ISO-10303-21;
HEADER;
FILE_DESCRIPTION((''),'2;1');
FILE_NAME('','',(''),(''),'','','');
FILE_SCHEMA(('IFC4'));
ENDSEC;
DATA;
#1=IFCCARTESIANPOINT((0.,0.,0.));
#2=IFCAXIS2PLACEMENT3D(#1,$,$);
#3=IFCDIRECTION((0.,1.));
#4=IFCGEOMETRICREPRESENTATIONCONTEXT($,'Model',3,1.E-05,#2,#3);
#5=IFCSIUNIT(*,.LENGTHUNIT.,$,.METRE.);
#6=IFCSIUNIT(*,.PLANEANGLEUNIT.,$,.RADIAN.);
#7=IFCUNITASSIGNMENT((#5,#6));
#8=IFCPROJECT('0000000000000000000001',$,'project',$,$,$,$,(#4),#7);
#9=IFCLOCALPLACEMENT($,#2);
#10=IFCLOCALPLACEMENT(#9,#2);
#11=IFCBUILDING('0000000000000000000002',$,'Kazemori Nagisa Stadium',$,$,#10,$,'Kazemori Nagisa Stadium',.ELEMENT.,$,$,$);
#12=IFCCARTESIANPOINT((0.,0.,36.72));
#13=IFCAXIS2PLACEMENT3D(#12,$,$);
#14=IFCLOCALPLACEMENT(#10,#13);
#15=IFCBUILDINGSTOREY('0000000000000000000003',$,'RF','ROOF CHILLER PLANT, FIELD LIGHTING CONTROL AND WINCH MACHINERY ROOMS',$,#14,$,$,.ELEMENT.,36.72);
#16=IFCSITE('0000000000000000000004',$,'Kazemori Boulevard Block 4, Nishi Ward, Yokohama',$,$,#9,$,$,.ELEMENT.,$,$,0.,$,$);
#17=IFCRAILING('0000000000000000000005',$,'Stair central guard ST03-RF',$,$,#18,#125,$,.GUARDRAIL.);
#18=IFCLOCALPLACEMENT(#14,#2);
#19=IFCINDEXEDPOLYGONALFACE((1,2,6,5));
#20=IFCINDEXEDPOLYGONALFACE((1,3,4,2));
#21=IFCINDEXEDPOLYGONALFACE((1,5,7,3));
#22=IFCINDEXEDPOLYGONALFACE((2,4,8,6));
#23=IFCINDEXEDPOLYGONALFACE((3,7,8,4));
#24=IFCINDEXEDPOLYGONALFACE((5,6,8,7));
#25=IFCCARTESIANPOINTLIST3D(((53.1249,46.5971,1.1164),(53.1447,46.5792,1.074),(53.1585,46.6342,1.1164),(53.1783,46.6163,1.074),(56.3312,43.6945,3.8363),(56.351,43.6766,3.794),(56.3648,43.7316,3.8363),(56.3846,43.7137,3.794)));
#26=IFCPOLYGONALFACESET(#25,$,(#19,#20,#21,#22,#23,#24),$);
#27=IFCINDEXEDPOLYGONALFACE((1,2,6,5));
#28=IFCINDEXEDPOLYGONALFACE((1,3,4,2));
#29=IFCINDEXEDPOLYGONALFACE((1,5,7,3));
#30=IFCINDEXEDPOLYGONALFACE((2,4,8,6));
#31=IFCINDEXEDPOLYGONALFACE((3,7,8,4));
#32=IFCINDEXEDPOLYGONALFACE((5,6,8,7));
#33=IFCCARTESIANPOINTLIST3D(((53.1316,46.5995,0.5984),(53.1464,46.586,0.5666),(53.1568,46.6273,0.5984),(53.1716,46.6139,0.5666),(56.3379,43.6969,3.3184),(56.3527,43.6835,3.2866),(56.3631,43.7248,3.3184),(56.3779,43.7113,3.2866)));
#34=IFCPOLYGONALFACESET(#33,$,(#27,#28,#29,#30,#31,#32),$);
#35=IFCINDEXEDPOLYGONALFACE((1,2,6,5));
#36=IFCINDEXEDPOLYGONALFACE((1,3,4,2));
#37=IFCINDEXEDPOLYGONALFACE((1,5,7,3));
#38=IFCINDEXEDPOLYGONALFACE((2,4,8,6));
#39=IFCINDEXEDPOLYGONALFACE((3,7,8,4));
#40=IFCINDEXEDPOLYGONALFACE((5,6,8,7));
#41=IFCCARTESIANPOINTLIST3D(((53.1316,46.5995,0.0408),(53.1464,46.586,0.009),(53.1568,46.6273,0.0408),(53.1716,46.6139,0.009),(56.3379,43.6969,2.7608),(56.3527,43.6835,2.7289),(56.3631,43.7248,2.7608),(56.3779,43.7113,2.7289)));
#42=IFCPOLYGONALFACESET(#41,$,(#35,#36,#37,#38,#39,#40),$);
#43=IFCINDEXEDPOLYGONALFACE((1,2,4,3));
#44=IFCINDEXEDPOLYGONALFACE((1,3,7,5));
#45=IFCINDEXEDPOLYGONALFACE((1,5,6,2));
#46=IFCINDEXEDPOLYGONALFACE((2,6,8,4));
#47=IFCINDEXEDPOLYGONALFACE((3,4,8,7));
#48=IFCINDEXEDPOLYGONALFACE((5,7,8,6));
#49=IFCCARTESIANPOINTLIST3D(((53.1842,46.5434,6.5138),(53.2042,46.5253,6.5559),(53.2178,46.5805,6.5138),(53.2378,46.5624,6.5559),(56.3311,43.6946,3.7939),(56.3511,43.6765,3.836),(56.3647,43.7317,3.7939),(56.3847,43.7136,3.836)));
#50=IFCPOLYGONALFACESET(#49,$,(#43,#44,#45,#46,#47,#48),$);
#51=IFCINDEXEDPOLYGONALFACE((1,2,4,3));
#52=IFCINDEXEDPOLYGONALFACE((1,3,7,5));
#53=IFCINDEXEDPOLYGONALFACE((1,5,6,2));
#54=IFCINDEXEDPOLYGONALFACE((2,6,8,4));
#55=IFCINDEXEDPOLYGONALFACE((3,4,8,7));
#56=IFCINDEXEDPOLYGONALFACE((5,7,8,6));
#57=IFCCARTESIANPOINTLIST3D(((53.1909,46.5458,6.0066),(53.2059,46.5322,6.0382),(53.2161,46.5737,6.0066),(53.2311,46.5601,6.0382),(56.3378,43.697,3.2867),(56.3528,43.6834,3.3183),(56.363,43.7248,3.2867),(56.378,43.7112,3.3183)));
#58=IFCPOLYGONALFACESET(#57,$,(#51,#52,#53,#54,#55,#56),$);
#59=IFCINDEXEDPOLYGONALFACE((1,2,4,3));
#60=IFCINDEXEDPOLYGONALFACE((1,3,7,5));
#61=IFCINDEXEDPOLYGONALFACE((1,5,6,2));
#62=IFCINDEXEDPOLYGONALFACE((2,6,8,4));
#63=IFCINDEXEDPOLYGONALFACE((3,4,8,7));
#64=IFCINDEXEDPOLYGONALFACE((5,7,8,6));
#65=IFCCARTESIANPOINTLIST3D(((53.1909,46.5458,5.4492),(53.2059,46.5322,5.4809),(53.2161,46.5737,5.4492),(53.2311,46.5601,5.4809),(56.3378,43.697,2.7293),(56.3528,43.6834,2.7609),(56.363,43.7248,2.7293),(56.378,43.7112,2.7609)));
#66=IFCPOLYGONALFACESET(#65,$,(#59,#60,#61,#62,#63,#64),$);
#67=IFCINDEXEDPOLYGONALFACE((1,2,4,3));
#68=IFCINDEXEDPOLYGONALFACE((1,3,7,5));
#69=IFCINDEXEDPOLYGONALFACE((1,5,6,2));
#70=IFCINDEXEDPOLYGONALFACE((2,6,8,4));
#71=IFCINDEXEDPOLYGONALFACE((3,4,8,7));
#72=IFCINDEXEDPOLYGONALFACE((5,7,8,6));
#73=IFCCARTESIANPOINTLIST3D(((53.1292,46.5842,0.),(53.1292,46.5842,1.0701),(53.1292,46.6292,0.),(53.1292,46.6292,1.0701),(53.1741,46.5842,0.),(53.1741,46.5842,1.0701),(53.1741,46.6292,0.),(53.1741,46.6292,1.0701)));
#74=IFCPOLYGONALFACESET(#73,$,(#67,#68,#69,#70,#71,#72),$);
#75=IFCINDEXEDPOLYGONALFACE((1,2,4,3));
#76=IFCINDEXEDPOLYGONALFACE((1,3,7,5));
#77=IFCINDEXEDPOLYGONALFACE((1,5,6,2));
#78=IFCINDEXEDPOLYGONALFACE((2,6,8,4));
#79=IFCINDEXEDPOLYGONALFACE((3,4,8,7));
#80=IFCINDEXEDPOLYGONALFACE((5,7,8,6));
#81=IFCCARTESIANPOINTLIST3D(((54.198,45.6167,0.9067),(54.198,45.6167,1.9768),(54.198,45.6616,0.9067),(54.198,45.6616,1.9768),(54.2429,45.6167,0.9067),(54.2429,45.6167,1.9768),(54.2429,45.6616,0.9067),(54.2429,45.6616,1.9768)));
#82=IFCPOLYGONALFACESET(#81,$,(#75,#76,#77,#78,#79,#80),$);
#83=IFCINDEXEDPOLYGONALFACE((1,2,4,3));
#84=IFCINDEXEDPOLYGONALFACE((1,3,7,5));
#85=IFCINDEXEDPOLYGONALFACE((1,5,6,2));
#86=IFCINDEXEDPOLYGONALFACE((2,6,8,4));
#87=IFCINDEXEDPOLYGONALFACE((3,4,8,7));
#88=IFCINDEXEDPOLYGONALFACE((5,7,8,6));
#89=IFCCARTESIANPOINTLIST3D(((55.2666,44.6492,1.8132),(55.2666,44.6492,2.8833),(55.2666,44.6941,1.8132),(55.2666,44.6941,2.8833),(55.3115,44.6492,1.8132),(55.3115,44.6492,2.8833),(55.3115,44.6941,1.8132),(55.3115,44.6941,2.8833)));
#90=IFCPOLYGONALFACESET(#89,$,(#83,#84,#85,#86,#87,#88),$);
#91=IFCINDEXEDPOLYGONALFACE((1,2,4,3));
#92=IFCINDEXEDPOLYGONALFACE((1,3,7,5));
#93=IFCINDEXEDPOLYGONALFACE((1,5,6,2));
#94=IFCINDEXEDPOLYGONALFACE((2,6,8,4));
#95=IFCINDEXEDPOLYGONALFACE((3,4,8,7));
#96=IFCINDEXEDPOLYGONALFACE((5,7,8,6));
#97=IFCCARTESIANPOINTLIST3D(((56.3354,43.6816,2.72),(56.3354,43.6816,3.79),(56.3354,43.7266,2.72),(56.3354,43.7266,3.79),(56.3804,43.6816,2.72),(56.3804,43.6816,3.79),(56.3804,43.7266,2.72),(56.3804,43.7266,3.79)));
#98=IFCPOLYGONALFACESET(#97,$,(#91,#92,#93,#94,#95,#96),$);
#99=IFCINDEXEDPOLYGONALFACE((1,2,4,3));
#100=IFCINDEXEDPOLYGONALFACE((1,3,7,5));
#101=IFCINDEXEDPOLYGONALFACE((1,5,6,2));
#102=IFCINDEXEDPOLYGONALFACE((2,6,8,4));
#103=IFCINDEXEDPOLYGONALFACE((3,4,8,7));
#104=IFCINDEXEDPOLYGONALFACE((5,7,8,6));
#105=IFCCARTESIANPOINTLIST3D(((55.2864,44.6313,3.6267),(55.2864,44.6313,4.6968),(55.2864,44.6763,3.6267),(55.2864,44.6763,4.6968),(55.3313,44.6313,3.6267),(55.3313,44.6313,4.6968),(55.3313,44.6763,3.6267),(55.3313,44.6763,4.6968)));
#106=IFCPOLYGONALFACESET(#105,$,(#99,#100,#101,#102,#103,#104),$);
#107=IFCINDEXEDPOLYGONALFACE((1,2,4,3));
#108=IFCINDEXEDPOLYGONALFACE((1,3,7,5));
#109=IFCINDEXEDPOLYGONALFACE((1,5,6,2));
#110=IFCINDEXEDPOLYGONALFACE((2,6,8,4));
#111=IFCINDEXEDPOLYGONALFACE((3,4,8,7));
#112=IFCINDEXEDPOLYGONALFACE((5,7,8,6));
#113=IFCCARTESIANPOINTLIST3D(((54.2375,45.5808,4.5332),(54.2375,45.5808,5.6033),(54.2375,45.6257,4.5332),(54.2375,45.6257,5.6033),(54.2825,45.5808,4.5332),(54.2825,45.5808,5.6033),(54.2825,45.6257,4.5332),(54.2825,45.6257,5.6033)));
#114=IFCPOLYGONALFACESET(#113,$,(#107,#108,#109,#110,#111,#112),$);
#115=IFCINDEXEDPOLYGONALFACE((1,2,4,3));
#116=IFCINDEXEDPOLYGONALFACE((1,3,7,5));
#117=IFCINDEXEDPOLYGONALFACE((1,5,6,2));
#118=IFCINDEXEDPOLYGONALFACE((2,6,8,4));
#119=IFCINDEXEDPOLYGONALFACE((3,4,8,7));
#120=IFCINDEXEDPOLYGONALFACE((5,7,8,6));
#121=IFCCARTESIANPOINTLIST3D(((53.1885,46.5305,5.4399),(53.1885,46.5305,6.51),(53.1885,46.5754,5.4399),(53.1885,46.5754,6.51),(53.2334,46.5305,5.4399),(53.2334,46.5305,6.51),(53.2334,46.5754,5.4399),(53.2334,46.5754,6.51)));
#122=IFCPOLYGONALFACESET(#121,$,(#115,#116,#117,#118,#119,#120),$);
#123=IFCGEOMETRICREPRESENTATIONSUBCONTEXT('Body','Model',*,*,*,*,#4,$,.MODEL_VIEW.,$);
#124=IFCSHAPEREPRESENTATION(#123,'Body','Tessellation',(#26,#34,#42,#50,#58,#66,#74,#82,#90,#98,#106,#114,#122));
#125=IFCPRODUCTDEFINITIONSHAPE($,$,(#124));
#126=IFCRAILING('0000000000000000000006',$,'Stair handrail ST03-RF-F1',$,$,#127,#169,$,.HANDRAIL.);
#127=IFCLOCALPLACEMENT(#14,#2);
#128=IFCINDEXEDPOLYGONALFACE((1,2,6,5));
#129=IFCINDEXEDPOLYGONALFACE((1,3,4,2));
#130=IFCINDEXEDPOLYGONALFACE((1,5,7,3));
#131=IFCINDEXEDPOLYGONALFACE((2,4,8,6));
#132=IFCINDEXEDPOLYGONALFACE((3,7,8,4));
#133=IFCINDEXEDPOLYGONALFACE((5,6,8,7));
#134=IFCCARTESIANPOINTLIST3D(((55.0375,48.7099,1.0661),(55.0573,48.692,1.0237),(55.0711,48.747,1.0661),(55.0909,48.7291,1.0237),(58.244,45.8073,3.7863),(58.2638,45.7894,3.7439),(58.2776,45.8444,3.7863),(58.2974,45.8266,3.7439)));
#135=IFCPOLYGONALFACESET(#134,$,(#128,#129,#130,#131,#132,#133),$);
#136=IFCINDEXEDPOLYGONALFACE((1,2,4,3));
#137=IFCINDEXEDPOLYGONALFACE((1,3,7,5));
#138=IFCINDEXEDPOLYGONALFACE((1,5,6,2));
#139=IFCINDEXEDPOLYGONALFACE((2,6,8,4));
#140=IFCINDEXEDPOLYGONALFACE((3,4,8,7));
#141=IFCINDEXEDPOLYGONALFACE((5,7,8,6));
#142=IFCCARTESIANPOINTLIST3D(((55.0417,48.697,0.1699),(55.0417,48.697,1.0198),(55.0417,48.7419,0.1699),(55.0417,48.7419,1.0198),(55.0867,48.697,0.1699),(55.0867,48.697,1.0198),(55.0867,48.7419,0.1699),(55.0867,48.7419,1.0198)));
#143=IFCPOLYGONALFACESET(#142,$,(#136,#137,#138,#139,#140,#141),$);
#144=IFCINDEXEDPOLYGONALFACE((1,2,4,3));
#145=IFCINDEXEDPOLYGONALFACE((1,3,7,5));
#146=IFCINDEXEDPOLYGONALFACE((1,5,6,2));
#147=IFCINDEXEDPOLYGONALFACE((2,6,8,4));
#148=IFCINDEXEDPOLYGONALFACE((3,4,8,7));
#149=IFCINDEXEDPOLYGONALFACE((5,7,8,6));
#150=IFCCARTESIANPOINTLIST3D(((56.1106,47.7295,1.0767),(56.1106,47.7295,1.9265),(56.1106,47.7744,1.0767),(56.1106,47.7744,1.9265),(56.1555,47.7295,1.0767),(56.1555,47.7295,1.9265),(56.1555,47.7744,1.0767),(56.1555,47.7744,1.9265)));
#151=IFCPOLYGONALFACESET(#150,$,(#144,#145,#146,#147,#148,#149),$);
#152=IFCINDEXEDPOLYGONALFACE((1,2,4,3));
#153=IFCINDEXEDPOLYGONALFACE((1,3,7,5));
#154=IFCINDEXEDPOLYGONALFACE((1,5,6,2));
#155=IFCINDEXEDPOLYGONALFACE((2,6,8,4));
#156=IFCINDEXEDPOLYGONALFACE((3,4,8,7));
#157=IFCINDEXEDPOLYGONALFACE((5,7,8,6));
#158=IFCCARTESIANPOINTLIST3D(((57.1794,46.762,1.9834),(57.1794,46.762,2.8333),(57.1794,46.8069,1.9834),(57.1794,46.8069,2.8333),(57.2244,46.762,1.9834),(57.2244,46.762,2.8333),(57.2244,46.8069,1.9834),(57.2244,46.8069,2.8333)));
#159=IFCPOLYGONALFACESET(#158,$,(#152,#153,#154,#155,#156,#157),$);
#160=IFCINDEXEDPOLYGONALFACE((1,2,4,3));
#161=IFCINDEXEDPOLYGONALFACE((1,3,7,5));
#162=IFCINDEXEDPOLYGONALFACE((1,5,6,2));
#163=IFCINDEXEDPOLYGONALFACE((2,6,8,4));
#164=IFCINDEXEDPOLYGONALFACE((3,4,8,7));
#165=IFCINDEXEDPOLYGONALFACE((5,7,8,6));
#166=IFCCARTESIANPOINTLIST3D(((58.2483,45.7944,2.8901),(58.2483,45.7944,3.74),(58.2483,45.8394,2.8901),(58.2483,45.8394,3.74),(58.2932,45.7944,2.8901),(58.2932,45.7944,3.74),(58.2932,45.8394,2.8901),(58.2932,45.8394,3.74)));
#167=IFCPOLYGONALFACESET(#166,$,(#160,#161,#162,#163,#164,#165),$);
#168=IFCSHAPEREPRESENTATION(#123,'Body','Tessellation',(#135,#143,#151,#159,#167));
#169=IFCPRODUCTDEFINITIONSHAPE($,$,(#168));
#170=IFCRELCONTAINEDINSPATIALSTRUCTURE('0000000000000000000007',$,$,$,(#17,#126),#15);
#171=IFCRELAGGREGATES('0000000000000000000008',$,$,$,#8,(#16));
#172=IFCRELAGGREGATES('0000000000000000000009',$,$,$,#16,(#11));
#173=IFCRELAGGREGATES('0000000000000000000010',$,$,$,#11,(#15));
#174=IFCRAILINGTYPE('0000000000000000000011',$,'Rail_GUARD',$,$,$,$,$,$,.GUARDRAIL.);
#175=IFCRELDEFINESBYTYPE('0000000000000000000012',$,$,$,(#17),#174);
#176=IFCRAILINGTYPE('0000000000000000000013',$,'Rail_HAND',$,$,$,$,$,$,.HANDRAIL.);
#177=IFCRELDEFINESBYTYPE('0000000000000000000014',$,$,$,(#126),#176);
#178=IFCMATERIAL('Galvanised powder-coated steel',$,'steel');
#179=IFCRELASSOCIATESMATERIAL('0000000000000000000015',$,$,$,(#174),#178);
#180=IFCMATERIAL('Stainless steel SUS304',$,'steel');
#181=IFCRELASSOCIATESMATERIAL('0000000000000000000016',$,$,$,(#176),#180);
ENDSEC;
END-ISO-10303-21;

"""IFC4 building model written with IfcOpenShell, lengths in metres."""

from ifc_helpers import new_model, si_unit, direction, frame, origin, origin_2d, place, context, subcontext, project, spatial, rectangle, extrude, material, type_object, element, save


model = new_model("IFC4")

# Units and contexts
model_context = context("Model", 3, precision=1e-05, world=origin(), true_north=direction((0.0, 1.0)))
body_context = subcontext(model_context, "Body", "Model", "MODEL_VIEW")
ifc_project = project(units=[si_unit("LENGTHUNIT", "METRE"), si_unit("PLANEANGLEUNIT", "RADIAN")], contexts=[model_context])

# Site, building, storey
site_placement = place(None, origin())
site = spatial("IfcSite", under=ifc_project, at=site_placement, Name="Kazemori Boulevard Block 4, Nishi Ward, Yokohama", CompositionType="ELEMENT", RefElevation=0.0)
building_placement = place(site_placement, origin())
building = spatial("IfcBuilding", under=site, at=building_placement, Name="Kazemori Nagisa Stadium", LongName="Kazemori Nagisa Stadium", CompositionType="ELEMENT")
storey_placement = place(building_placement, frame((0.0, 0.0, 36.72)))
storey = spatial("IfcBuildingStorey", under=building, at=storey_placement, Name="RF", Description="ROOF CHILLER PLANT, FIELD LIGHTING CONTROL AND WINCH MACHINERY ROOMS", CompositionType="ELEMENT", Elevation=36.72)

# Railings
ifc_material_1 = material(Name="Galvanised powder-coated steel", Category="steel")
railing_type_1 = type_object("IfcRailingType", Name="Rail_GUARD", PredefinedType="GUARDRAIL", material=ifc_material_1)
railing_1_placement = place(storey_placement, frame((53.1516, 46.6067, 0.0)))
element("IfcRailing", 1, at=railing_1_placement, inside=storey, type_object=railing_type_1, Name="Stair central guard ST03-RF", PredefinedType="GUARDRAIL", context=body_context, shape_type="SweptSolid", body=[
    extrude(rectangle(XDim=0.05, YDim=0.05, at=origin_2d()), frame((0.0, 0.0, 1.0952), z_axis=(0.627558, -0.568113, 0.53237), x_axis=(0.671123, 0.741346, 0.0)), (0.0, 0.0, 1.0), 5.1091),
    extrude(rectangle(XDim=0.0376, YDim=0.0376, at=origin_2d()), frame((0.0, 0.0, 0.5825), z_axis=(0.627558, -0.568113, 0.53237), x_axis=(0.671123, 0.741346, 0.0)), (0.0, 0.0, 1.0), 5.1091),
    extrude(rectangle(XDim=0.0376, YDim=0.0376, at=origin_2d()), frame((0.0, 0.0, 0.0249), z_axis=(0.627558, -0.568113, 0.53237), x_axis=(0.671123, 0.741346, 0.0)), (0.0, 0.0, 1.0), 5.1091),
    extrude(rectangle(XDim=0.05, YDim=0.05, at=origin_2d()), frame((3.2063, -2.9026, 3.8149), z_axis=(-0.624201, 0.565073, 0.539505), x_axis=(-0.671123, -0.741346, 0.0)), (0.0, 0.0, 1.0), 5.0415),
    extrude(rectangle(XDim=0.0376, YDim=0.0376, at=origin_2d()), frame((3.2063, -2.9026, 3.3025), z_axis=(-0.624201, 0.565073, 0.539505), x_axis=(-0.671123, -0.741346, 0.0)), (0.0, 0.0, 1.0), 5.0415),
    extrude(rectangle(XDim=0.0376, YDim=0.0376, at=origin_2d()), frame((3.2063, -2.9026, 2.7451), z_axis=(-0.624201, 0.565073, 0.539505), x_axis=(-0.671123, -0.741346, 0.0)), (0.0, 0.0, 1.0), 5.0415),
    extrude(rectangle(XDim=0.0449, YDim=0.0449, at=origin_2d()), origin(), (0.0, 0.0, 1.0), 1.0701),
    extrude(rectangle(XDim=0.0449, YDim=0.0449, at=origin_2d()), frame((1.0688, -0.9675, 0.9067)), (0.0, 0.0, 1.0), 1.0701),
    extrude(rectangle(XDim=0.0449, YDim=0.0449, at=origin_2d()), frame((2.1375, -1.9351, 1.8132)), (0.0, 0.0, 1.0), 1.0701),
    extrude(rectangle(XDim=0.0449, YDim=0.0449, at=origin_2d()), frame((3.2063, -2.9026, 2.72)), (0.0, 0.0, 1.0), 1.0701),
    extrude(rectangle(XDim=0.0449, YDim=0.0449, at=origin_2d()), frame((2.1572, -1.9529, 3.6267)), (0.0, 0.0, 1.0), 1.0701),
    extrude(rectangle(XDim=0.0449, YDim=0.0449, at=origin_2d()), frame((1.1084, -1.0034, 4.5332)), (0.0, 0.0, 1.0), 1.0701),
    extrude(rectangle(XDim=0.0449, YDim=0.0449, at=origin_2d()), frame((0.0593, -0.0537, 5.4399)), (0.0, 0.0, 1.0), 1.0701),
])
ifc_material_2 = material(Name="Stainless steel SUS304", Category="steel")
railing_type_2 = type_object("IfcRailingType", Name="Rail_HAND", PredefinedType="HANDRAIL", material=ifc_material_2)
railing_2_placement = place(storey_placement, frame((55.0642, 48.7195, 0.1699)))
element("IfcRailing", 2, at=railing_2_placement, inside=storey, type_object=railing_type_2, Name="Stair handrail ST03-RF-F1", PredefinedType="HANDRAIL", context=body_context, shape_type="SweptSolid", body=[
    extrude(rectangle(XDim=0.05, YDim=0.05, at=origin_2d()), frame((0.0, 0.0, 0.875), z_axis=(0.627571, -0.568082, 0.532389), x_axis=(0.671095, 0.741371, 0.0)), (0.0, 0.0, 1.0), 5.1094),
    extrude(rectangle(XDim=0.0449, YDim=0.0449, at=origin_2d()), origin(), (0.0, 0.0, 1.0), 0.8499),
    extrude(rectangle(XDim=0.0449, YDim=0.0449, at=origin_2d()), frame((1.0688, -0.9675, 0.9067)), (0.0, 0.0, 1.0), 0.8499),
    extrude(rectangle(XDim=0.0449, YDim=0.0449, at=origin_2d()), frame((2.1377, -1.9351, 1.8135)), (0.0, 0.0, 1.0), 0.8499),
    extrude(rectangle(XDim=0.0449, YDim=0.0449, at=origin_2d()), frame((3.2065, -2.9026, 2.7202)), (0.0, 0.0, 1.0), 0.8499),
])

save(model, "model.ifc")
